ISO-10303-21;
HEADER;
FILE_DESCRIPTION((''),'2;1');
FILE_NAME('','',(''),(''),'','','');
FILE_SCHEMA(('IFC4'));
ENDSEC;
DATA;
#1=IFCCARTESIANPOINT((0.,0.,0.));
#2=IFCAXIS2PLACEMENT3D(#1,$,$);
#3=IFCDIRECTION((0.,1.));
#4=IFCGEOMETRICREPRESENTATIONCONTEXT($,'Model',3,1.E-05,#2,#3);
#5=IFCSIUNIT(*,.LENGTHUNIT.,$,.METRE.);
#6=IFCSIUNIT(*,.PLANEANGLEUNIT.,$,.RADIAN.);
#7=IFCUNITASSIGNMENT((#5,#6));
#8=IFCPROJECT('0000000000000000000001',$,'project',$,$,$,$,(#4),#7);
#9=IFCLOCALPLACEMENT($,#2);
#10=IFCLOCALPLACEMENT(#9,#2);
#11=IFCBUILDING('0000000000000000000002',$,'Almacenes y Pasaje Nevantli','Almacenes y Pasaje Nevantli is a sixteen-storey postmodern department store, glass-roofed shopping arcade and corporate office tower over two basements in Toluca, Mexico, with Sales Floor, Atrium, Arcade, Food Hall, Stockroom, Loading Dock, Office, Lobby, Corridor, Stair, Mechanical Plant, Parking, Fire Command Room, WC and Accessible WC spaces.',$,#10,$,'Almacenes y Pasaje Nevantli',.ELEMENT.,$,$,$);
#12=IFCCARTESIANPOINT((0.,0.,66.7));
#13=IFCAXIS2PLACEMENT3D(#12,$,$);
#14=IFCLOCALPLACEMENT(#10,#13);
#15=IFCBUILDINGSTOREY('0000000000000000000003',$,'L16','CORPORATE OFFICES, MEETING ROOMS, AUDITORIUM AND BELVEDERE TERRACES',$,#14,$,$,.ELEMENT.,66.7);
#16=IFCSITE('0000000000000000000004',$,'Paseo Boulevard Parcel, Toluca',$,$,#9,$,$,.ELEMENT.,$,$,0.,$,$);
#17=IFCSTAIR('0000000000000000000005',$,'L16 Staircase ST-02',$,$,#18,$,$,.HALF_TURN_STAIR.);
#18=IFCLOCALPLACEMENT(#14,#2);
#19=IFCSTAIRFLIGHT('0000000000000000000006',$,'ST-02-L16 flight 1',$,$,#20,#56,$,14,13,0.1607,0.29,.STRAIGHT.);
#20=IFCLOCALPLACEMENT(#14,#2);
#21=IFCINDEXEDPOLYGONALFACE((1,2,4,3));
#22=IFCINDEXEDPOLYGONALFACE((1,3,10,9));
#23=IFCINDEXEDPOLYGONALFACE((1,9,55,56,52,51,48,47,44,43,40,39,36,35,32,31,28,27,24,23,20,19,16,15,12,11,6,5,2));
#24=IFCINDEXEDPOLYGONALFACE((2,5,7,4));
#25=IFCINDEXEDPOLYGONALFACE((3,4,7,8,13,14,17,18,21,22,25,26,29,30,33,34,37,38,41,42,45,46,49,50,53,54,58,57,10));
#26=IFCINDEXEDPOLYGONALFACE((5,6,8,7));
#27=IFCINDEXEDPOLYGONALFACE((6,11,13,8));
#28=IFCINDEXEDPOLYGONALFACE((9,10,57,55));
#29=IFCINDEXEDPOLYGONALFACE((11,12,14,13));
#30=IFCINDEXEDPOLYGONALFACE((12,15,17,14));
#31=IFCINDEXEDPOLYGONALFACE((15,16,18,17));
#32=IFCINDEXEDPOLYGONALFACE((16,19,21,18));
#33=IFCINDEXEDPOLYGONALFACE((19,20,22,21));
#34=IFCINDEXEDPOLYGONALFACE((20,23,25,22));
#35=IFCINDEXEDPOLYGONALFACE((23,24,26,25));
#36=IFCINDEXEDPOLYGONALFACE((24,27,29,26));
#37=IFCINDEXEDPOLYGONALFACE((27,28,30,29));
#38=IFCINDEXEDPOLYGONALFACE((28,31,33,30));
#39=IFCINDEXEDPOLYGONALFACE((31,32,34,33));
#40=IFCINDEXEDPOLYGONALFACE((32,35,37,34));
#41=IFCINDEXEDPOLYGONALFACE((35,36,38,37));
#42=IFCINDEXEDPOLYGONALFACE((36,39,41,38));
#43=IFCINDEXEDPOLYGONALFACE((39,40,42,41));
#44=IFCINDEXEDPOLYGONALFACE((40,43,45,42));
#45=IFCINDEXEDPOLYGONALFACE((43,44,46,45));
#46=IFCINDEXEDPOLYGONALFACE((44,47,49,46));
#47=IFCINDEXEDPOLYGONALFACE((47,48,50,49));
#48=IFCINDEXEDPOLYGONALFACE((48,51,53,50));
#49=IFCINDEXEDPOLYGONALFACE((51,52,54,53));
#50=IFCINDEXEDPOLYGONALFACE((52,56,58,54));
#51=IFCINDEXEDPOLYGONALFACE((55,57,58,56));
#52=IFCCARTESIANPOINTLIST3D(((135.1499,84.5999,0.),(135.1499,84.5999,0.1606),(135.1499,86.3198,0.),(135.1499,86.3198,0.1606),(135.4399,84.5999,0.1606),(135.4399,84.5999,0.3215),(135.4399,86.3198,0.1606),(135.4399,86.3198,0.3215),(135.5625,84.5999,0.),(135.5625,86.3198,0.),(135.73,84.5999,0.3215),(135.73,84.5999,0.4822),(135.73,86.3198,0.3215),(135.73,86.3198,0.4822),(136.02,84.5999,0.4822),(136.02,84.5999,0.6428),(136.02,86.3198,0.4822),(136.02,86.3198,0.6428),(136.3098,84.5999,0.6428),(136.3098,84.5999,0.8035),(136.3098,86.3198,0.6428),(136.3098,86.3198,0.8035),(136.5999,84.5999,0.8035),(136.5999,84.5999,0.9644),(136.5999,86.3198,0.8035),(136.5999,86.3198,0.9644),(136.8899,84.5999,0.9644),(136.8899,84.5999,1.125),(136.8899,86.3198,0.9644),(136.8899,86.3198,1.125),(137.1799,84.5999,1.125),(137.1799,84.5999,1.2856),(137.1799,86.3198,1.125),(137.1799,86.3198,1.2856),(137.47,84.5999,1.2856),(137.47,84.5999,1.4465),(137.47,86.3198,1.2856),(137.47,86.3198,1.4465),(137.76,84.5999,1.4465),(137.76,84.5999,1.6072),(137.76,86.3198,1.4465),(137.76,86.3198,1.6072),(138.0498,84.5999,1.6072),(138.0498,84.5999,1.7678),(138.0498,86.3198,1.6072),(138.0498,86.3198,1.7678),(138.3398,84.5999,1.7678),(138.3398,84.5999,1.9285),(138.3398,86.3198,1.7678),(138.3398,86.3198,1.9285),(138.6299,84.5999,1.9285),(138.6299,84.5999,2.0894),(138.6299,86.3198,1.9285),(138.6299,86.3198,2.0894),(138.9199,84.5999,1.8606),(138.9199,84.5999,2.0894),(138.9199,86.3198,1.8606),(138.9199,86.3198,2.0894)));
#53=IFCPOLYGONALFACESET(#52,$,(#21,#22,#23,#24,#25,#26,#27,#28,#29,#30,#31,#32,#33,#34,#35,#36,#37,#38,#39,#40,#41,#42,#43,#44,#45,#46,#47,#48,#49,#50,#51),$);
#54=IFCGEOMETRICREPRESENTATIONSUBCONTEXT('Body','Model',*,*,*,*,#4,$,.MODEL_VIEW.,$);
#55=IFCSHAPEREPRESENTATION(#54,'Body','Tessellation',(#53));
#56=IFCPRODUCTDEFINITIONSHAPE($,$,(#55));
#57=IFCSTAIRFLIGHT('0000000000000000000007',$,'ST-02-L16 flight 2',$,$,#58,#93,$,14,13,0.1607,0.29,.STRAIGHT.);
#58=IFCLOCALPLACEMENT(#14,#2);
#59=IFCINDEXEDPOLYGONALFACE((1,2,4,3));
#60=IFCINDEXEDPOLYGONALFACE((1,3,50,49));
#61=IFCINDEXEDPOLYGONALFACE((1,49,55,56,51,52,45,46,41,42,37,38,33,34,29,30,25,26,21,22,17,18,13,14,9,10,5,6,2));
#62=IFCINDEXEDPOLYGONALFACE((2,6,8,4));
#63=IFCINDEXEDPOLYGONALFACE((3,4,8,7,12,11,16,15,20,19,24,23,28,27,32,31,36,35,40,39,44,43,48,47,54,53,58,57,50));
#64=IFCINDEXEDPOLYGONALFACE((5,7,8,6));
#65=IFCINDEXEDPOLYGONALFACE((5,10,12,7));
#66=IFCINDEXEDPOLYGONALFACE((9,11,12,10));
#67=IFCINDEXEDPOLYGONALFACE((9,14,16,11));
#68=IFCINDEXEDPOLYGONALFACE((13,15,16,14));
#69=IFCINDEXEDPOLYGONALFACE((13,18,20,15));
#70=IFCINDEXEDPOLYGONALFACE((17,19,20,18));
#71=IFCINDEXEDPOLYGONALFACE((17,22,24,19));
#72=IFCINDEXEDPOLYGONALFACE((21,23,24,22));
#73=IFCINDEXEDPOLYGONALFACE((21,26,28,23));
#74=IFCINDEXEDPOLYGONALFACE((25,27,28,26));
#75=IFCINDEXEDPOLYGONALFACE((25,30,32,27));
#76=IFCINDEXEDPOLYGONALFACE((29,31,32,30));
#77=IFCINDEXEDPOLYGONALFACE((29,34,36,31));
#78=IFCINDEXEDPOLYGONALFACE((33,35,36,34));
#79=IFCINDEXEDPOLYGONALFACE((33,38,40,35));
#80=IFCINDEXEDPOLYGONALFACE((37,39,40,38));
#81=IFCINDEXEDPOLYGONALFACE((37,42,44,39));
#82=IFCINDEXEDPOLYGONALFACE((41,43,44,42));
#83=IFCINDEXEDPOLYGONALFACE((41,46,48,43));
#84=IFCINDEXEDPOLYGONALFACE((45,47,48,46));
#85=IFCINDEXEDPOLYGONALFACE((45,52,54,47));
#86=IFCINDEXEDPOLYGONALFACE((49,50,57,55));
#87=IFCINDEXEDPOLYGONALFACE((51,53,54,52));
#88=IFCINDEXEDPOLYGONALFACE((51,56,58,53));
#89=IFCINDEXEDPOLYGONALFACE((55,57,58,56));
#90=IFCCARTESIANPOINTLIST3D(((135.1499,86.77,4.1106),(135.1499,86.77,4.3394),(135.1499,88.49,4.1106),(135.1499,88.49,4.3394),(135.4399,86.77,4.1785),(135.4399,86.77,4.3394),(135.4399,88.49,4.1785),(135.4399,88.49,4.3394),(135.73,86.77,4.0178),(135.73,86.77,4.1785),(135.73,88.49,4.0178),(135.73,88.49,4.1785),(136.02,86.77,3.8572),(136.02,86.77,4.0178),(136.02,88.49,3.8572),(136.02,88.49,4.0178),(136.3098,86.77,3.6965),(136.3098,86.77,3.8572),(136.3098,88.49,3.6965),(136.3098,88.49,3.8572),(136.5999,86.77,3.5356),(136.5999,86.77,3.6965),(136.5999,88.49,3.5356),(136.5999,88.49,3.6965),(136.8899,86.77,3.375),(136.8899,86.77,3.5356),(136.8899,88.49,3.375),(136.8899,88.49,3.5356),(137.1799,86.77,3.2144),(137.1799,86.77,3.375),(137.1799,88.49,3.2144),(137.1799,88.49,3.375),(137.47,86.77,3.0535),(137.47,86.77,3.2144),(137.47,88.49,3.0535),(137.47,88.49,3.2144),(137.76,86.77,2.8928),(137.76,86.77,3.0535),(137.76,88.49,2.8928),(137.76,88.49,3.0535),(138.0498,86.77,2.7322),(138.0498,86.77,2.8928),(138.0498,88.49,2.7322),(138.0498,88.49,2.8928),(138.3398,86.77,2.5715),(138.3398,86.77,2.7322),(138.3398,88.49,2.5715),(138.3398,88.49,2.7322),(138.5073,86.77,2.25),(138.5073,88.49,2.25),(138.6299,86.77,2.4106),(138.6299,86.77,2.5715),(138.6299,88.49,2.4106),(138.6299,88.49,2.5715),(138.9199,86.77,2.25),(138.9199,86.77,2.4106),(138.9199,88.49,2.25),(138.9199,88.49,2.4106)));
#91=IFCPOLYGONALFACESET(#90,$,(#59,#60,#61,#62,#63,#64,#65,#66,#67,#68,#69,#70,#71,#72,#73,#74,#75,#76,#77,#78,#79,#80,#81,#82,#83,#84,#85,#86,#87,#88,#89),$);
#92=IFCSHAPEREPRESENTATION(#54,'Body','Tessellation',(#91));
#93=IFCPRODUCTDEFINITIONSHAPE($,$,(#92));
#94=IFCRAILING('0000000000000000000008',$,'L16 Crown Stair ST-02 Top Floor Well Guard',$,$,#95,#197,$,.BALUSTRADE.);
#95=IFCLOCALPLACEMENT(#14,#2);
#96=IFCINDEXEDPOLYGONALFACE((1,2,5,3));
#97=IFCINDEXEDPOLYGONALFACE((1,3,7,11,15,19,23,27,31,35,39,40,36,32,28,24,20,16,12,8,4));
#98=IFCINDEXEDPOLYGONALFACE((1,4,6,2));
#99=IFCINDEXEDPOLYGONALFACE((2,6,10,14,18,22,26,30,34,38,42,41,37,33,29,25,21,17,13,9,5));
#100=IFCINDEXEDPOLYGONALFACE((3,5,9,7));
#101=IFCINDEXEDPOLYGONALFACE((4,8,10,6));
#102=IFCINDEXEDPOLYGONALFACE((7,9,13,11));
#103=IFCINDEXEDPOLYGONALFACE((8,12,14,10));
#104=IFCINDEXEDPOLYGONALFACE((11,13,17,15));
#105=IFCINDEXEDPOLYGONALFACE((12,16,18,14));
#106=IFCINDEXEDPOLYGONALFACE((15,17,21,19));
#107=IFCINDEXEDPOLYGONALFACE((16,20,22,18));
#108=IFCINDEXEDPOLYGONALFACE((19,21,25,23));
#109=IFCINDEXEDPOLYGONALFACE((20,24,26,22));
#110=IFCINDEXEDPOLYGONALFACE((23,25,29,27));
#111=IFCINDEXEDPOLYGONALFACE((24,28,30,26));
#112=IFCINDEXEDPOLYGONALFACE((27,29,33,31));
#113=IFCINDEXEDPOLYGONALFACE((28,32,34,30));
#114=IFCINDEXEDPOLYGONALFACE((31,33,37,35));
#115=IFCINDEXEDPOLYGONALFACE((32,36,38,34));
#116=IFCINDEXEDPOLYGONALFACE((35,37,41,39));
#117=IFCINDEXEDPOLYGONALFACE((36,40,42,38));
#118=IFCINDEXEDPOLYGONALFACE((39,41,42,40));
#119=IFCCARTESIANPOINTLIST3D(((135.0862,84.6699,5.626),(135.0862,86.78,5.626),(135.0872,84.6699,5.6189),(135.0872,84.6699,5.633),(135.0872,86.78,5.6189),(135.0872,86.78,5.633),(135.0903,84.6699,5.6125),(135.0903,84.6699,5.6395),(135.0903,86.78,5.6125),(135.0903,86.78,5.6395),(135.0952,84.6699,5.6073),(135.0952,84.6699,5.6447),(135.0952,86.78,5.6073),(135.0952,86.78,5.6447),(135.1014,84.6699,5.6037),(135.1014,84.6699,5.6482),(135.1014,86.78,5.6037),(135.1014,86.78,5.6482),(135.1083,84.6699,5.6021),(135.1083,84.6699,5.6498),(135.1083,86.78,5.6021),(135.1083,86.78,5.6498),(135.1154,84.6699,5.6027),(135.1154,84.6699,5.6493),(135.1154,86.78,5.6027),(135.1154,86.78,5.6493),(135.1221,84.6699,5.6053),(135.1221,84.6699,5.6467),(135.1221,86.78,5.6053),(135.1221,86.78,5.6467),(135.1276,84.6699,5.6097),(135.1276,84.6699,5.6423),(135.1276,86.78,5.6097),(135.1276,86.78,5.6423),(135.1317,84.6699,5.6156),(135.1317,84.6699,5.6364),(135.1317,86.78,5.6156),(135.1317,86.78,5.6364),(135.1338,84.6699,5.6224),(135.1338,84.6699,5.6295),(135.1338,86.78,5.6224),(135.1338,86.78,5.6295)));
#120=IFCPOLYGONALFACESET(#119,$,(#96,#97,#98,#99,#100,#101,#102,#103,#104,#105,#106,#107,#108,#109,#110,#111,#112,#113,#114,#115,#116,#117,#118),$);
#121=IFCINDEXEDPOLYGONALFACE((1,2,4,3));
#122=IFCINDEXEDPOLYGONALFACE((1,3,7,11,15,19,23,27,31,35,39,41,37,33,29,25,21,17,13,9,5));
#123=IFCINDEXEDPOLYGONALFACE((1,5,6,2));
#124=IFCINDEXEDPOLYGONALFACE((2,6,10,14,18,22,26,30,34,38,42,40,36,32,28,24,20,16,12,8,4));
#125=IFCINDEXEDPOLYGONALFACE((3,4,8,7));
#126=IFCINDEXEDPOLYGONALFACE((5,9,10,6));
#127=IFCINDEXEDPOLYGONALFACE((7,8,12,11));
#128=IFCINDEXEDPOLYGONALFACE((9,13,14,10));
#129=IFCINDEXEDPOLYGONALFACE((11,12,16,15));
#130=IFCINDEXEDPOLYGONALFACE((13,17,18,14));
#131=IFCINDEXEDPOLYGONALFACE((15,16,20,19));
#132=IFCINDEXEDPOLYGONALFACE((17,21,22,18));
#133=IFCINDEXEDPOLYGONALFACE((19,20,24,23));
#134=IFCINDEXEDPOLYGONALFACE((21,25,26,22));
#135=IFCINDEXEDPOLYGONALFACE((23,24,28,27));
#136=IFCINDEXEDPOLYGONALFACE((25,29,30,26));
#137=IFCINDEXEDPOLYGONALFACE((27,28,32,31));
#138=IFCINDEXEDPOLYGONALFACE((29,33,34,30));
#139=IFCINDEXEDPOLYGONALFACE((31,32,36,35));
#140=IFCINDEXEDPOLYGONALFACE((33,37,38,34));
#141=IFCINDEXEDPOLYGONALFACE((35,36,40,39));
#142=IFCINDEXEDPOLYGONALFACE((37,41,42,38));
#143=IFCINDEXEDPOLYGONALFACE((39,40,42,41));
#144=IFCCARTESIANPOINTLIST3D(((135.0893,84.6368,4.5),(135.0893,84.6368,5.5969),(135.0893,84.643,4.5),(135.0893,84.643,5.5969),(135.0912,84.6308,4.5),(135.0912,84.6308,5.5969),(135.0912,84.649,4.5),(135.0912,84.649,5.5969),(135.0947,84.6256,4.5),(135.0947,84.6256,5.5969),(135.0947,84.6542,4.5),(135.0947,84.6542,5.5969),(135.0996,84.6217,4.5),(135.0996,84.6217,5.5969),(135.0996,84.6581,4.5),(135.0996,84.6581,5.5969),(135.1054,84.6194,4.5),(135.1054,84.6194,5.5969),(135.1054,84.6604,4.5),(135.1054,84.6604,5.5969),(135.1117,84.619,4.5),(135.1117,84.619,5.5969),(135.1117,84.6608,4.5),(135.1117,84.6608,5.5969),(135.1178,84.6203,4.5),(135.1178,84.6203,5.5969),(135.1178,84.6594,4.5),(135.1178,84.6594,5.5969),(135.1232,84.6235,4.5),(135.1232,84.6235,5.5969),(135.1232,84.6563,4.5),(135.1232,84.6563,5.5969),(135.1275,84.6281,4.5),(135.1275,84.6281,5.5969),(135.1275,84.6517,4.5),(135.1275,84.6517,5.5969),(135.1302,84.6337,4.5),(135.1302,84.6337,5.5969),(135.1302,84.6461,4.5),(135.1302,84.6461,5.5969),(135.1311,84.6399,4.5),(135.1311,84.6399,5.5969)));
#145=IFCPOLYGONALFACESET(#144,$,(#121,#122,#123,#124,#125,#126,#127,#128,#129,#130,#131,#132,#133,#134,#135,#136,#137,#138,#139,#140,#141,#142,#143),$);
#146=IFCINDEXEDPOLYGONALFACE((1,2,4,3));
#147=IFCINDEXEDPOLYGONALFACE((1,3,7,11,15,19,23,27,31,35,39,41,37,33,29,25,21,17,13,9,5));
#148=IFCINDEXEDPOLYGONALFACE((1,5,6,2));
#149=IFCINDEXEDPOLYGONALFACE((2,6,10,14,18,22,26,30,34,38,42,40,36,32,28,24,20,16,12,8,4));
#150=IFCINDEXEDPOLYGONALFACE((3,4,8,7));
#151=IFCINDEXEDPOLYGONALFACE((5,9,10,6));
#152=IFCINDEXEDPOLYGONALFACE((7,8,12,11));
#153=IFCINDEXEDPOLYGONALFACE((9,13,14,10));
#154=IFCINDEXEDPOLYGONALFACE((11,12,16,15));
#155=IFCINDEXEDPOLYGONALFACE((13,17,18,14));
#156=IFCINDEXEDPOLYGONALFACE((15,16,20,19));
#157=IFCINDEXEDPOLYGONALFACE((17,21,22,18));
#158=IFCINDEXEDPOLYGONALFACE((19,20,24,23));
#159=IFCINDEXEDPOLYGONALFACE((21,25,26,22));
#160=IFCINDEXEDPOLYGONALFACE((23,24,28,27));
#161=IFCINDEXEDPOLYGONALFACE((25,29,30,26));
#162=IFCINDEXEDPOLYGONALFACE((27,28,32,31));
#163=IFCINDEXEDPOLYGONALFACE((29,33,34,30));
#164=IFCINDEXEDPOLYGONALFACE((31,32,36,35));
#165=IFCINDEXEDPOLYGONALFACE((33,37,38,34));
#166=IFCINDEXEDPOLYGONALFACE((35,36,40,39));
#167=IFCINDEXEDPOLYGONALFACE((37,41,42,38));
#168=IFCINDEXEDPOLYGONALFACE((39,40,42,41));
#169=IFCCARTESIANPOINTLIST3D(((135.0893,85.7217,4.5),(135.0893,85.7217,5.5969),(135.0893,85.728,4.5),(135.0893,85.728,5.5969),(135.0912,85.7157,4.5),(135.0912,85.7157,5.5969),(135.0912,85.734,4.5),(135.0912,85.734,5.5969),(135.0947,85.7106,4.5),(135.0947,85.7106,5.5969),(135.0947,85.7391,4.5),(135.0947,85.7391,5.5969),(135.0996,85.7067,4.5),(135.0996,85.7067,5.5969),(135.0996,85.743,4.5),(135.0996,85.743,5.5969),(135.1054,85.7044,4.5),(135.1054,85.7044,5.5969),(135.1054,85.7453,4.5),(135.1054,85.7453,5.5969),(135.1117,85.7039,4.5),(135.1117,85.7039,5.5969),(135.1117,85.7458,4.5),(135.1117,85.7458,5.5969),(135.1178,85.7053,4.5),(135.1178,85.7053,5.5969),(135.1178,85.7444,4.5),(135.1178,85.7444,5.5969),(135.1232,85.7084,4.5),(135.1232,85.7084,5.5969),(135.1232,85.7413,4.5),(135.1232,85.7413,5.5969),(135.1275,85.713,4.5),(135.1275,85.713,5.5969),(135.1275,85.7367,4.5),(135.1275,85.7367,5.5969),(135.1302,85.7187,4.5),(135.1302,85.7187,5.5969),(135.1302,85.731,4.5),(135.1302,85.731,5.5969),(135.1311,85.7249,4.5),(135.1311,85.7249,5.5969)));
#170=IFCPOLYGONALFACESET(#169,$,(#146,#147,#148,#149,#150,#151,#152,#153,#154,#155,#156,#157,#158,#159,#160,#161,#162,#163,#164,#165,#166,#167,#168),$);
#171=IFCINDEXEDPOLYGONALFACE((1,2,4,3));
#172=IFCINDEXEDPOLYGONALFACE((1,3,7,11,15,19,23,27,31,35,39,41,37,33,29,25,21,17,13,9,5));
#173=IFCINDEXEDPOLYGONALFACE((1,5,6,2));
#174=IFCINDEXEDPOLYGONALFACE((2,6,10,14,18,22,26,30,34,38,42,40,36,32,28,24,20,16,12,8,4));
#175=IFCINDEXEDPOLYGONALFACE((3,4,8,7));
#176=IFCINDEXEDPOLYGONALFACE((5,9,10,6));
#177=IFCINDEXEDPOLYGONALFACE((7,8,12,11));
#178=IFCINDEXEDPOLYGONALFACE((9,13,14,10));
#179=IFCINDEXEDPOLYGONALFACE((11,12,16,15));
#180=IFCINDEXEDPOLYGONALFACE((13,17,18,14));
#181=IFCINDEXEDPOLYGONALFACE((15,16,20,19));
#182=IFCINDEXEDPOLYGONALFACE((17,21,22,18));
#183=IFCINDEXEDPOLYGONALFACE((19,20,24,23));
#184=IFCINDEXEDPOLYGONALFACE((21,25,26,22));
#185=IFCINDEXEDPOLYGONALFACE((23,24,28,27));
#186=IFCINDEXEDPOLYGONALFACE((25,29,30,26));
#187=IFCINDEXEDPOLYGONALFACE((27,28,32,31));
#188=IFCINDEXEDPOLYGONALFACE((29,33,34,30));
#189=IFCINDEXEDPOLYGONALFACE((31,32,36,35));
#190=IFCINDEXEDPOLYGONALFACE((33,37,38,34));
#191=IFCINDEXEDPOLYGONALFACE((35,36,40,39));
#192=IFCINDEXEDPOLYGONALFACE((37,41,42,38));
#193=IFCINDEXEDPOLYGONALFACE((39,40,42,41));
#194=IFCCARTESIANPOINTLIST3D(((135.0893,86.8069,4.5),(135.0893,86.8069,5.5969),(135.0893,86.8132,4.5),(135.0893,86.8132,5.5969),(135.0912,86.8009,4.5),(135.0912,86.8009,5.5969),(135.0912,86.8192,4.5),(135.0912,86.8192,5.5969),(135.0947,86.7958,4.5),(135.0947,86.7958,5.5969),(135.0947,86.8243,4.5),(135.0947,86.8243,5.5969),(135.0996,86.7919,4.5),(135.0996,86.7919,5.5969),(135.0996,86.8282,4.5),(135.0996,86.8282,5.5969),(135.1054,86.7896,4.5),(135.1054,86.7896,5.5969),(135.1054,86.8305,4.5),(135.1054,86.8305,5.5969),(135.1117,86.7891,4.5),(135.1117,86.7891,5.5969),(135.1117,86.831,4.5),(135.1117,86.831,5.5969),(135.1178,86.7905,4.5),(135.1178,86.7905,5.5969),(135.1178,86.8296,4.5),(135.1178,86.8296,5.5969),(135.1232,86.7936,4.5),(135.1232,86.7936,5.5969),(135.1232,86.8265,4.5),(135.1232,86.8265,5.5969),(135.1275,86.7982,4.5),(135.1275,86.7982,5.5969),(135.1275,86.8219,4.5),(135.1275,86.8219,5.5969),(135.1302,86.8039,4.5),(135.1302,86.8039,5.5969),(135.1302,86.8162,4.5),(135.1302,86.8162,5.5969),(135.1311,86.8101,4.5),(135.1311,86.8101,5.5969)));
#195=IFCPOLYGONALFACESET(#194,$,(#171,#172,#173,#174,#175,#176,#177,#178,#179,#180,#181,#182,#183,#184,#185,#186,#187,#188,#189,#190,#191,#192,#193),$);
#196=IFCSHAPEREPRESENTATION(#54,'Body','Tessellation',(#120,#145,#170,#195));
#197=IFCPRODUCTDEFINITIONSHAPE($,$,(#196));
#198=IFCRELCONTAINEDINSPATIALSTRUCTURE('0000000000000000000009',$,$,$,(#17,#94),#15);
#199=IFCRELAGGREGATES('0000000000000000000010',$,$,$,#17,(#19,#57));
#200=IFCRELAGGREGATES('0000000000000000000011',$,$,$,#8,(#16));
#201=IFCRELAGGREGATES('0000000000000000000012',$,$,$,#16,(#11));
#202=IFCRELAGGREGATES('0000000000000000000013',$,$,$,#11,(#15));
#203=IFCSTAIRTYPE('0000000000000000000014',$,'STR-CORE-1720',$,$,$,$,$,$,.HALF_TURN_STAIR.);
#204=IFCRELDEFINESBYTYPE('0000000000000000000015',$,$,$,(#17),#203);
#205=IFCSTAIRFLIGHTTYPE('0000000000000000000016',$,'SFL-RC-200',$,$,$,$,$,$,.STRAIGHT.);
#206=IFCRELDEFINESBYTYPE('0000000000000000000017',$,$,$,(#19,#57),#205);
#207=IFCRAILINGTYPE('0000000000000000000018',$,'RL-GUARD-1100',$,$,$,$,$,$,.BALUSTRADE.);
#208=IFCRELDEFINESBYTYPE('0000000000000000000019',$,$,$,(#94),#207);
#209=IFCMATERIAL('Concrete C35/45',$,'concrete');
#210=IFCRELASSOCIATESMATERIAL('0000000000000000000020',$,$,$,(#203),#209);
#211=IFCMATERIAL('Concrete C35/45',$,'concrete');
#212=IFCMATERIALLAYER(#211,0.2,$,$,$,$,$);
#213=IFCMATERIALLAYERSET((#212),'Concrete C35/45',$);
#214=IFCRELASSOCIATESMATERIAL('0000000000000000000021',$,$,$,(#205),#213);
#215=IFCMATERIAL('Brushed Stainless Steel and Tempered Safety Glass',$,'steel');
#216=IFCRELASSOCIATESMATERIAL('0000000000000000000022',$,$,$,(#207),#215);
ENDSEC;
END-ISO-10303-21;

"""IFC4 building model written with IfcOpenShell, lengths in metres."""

from ifc_helpers import new_model, si_unit, direction, frame, origin, origin_2d, place, context, subcontext, project, spatial, polyline, circle, outline, extrude, material, layer, layer_set, type_object, element, aggregate, save


model = new_model("IFC4")

# Units and contexts
model_context = context("Model", 3, precision=1e-05, world=origin(), true_north=direction((0.0, 1.0)))
body_context = subcontext(model_context, "Body", "Model", "MODEL_VIEW")
ifc_project = project(units=[si_unit("LENGTHUNIT", "METRE"), si_unit("PLANEANGLEUNIT", "RADIAN")], contexts=[model_context])

# Site, building, storey
site_placement = place(None, origin())
site = spatial("IfcSite", under=ifc_project, at=site_placement, Name="Paseo Boulevard Parcel, Toluca", CompositionType="ELEMENT", RefElevation=0.0)
building_placement = place(site_placement, origin())
building = spatial("IfcBuilding", under=site, at=building_placement, Name="Almacenes y Pasaje Nevantli", Description="Almacenes y Pasaje Nevantli is a sixteen-storey postmodern department store, glass-roofed shopping arcade and corporate office tower over two basements in Toluca, Mexico, with Sales Floor, Atrium, Arcade, Food Hall, Stockroom, Loading Dock, Office, Lobby, Corridor, Stair, Mechanical Plant, Parking, Fire Command Room, WC and Accessible WC spaces.", LongName="Almacenes y Pasaje Nevantli", CompositionType="ELEMENT")
storey_placement = place(building_placement, frame((0.0, 0.0, 66.7)))
storey = spatial("IfcBuildingStorey", under=building, at=storey_placement, Name="L16", Description="CORPORATE OFFICES, MEETING ROOMS, AUDITORIUM AND BELVEDERE TERRACES", CompositionType="ELEMENT", Elevation=66.7)

# Stair, stair flights
ifc_material_1 = material(Name="Concrete C35/45", Category="concrete")
stair_type = type_object("IfcStairType", Name="STR-CORE-1720", PredefinedType="HALF_TURN_STAIR", material=ifc_material_1)
stair_placement = place(storey_placement, origin())
stair = element("IfcStair", 1, at=stair_placement, inside=storey, type_object=stair_type, Name="L16 Staircase ST-02", PredefinedType="HALF_TURN_STAIR")
ifc_material_2 = material(Name="Concrete C35/45", Category="concrete")
ifc_layer_1 = layer(ifc_material_2, 0.2)
ifc_layer_set_1 = layer_set([ifc_layer_1], Name="Concrete C35/45")
stair_flight_type = type_object("IfcStairFlightType", Name="SFL-RC-200", PredefinedType="STRAIGHT", material=ifc_layer_set_1)
stair_flight_1_placement = place(storey_placement, frame((135.1499, 85.46, 0.0), z_axis=(0.0, 0.0, 1.0), x_axis=(1.0, 0.0, 0.0)))
stair_flight_1 = element("IfcStairFlight", 2, at=stair_flight_1_placement, type_object=stair_flight_type, Name="ST-02-L16 flight 1", NumberOfRisers=14, NumberOfTreads=13, PredefinedType="STRAIGHT", RiserHeight=0.1607, TreadLength=0.29, context=body_context, shape_type="SweptSolid", body=[
    extrude(outline(polyline([(0.0, 0.0), (0.0, 0.1606), (0.29, 0.1606), (0.29, 0.3215), (0.5801, 0.3215), (0.5801, 0.4822), (0.8701, 0.4822), (0.8701, 0.6428), (1.1599, 0.6428), (1.1599, 0.8035), (1.45, 0.8035), (1.45, 0.9644), (1.74, 0.9644), (1.74, 1.125), (2.03, 1.125), (2.03, 1.2856), (2.3201, 1.2856), (2.3201, 1.4465), (2.6101, 1.4465), (2.6101, 1.6072), (2.8999, 1.6072), (2.8999, 1.7678), (3.1899, 1.7678), (3.1899, 1.9285), (3.48, 1.9285), (3.48, 2.0894), (3.77, 2.0894), (3.77, 2.25), (3.77, 1.8606), (0.4126, 0.0), (0.0, 0.0)])), frame((0.0, 0.8599, 0.0), z_axis=(0.0, -1.0, 0.0), x_axis=(1.0, 0.0, 0.0)), (0.0, 0.0, 1.0), 1.72),
])
stair_flight_2_placement = place(storey_placement, frame((138.9199, 87.6299, 2.25), z_axis=(0.0, 0.0, 1.0), x_axis=(-1.0, 0.0, 0.0)))
stair_flight_2 = element("IfcStairFlight", 3, at=stair_flight_2_placement, type_object=stair_flight_type, Name="ST-02-L16 flight 2", NumberOfRisers=14, NumberOfTreads=13, PredefinedType="STRAIGHT", RiserHeight=0.1607, TreadLength=0.29, context=body_context, shape_type="SweptSolid", body=[
    extrude(outline(polyline([(0.0, 0.0), (0.0, 0.1606), (0.29, 0.1606), (0.29, 0.3215), (0.5801, 0.3215), (0.5801, 0.4822), (0.8701, 0.4822), (0.8701, 0.6428), (1.1599, 0.6428), (1.1599, 0.8035), (1.45, 0.8035), (1.45, 0.9644), (1.74, 0.9644), (1.74, 1.125), (2.03, 1.125), (2.03, 1.2856), (2.3201, 1.2856), (2.3201, 1.4465), (2.6101, 1.4465), (2.6101, 1.6072), (2.8999, 1.6072), (2.8999, 1.7678), (3.1899, 1.7678), (3.1899, 1.9285), (3.48, 1.9285), (3.48, 2.0894), (3.77, 2.0894), (3.77, 2.25), (3.77, 1.8606), (0.4126, 0.0), (0.0, 0.0)])), frame((0.0, 0.8599, 0.0), z_axis=(0.0, -1.0, 0.0), x_axis=(1.0, 0.0, 0.0)), (0.0, 0.0, 1.0), 1.72),
])
aggregate(stair, [stair_flight_1, stair_flight_2])

# Railing
ifc_material_3 = material(Name="Brushed Stainless Steel and Tempered Safety Glass", Category="steel")
railing_type_1 = type_object("IfcRailingType", Name="RL-GUARD-1100", PredefinedType="BALUSTRADE", material=ifc_material_3)
railing_1_placement = place(storey_placement, frame((135.1101, 84.6399, 4.5)))
element("IfcRailing", 4, at=railing_1_placement, inside=storey, type_object=railing_type_1, Name="L16 Crown Stair ST-02 Top Floor Well Guard", PredefinedType="BALUSTRADE", context=body_context, shape_type="SweptSolid", body=[
    extrude(circle(Radius=0.0239, at=origin_2d()), frame((0.0, 0.03, 1.126), z_axis=(0.0, 1.0, 0.0), x_axis=(-1.0, 0.0, 0.0)), (0.0, 0.0, 1.0), 2.1101),
    extrude(circle(Radius=0.021, at=origin_2d()), origin(), (0.0, 0.0, 1.0), 1.0969),
    extrude(circle(Radius=0.021, at=origin_2d()), frame((0.0, 1.085, 0.0)), (0.0, 0.0, 1.0), 1.0969),
    extrude(circle(Radius=0.021, at=origin_2d()), frame((0.0, 2.1702, 0.0)), (0.0, 0.0, 1.0), 1.0969),
])

save(model, "model.ifc")
